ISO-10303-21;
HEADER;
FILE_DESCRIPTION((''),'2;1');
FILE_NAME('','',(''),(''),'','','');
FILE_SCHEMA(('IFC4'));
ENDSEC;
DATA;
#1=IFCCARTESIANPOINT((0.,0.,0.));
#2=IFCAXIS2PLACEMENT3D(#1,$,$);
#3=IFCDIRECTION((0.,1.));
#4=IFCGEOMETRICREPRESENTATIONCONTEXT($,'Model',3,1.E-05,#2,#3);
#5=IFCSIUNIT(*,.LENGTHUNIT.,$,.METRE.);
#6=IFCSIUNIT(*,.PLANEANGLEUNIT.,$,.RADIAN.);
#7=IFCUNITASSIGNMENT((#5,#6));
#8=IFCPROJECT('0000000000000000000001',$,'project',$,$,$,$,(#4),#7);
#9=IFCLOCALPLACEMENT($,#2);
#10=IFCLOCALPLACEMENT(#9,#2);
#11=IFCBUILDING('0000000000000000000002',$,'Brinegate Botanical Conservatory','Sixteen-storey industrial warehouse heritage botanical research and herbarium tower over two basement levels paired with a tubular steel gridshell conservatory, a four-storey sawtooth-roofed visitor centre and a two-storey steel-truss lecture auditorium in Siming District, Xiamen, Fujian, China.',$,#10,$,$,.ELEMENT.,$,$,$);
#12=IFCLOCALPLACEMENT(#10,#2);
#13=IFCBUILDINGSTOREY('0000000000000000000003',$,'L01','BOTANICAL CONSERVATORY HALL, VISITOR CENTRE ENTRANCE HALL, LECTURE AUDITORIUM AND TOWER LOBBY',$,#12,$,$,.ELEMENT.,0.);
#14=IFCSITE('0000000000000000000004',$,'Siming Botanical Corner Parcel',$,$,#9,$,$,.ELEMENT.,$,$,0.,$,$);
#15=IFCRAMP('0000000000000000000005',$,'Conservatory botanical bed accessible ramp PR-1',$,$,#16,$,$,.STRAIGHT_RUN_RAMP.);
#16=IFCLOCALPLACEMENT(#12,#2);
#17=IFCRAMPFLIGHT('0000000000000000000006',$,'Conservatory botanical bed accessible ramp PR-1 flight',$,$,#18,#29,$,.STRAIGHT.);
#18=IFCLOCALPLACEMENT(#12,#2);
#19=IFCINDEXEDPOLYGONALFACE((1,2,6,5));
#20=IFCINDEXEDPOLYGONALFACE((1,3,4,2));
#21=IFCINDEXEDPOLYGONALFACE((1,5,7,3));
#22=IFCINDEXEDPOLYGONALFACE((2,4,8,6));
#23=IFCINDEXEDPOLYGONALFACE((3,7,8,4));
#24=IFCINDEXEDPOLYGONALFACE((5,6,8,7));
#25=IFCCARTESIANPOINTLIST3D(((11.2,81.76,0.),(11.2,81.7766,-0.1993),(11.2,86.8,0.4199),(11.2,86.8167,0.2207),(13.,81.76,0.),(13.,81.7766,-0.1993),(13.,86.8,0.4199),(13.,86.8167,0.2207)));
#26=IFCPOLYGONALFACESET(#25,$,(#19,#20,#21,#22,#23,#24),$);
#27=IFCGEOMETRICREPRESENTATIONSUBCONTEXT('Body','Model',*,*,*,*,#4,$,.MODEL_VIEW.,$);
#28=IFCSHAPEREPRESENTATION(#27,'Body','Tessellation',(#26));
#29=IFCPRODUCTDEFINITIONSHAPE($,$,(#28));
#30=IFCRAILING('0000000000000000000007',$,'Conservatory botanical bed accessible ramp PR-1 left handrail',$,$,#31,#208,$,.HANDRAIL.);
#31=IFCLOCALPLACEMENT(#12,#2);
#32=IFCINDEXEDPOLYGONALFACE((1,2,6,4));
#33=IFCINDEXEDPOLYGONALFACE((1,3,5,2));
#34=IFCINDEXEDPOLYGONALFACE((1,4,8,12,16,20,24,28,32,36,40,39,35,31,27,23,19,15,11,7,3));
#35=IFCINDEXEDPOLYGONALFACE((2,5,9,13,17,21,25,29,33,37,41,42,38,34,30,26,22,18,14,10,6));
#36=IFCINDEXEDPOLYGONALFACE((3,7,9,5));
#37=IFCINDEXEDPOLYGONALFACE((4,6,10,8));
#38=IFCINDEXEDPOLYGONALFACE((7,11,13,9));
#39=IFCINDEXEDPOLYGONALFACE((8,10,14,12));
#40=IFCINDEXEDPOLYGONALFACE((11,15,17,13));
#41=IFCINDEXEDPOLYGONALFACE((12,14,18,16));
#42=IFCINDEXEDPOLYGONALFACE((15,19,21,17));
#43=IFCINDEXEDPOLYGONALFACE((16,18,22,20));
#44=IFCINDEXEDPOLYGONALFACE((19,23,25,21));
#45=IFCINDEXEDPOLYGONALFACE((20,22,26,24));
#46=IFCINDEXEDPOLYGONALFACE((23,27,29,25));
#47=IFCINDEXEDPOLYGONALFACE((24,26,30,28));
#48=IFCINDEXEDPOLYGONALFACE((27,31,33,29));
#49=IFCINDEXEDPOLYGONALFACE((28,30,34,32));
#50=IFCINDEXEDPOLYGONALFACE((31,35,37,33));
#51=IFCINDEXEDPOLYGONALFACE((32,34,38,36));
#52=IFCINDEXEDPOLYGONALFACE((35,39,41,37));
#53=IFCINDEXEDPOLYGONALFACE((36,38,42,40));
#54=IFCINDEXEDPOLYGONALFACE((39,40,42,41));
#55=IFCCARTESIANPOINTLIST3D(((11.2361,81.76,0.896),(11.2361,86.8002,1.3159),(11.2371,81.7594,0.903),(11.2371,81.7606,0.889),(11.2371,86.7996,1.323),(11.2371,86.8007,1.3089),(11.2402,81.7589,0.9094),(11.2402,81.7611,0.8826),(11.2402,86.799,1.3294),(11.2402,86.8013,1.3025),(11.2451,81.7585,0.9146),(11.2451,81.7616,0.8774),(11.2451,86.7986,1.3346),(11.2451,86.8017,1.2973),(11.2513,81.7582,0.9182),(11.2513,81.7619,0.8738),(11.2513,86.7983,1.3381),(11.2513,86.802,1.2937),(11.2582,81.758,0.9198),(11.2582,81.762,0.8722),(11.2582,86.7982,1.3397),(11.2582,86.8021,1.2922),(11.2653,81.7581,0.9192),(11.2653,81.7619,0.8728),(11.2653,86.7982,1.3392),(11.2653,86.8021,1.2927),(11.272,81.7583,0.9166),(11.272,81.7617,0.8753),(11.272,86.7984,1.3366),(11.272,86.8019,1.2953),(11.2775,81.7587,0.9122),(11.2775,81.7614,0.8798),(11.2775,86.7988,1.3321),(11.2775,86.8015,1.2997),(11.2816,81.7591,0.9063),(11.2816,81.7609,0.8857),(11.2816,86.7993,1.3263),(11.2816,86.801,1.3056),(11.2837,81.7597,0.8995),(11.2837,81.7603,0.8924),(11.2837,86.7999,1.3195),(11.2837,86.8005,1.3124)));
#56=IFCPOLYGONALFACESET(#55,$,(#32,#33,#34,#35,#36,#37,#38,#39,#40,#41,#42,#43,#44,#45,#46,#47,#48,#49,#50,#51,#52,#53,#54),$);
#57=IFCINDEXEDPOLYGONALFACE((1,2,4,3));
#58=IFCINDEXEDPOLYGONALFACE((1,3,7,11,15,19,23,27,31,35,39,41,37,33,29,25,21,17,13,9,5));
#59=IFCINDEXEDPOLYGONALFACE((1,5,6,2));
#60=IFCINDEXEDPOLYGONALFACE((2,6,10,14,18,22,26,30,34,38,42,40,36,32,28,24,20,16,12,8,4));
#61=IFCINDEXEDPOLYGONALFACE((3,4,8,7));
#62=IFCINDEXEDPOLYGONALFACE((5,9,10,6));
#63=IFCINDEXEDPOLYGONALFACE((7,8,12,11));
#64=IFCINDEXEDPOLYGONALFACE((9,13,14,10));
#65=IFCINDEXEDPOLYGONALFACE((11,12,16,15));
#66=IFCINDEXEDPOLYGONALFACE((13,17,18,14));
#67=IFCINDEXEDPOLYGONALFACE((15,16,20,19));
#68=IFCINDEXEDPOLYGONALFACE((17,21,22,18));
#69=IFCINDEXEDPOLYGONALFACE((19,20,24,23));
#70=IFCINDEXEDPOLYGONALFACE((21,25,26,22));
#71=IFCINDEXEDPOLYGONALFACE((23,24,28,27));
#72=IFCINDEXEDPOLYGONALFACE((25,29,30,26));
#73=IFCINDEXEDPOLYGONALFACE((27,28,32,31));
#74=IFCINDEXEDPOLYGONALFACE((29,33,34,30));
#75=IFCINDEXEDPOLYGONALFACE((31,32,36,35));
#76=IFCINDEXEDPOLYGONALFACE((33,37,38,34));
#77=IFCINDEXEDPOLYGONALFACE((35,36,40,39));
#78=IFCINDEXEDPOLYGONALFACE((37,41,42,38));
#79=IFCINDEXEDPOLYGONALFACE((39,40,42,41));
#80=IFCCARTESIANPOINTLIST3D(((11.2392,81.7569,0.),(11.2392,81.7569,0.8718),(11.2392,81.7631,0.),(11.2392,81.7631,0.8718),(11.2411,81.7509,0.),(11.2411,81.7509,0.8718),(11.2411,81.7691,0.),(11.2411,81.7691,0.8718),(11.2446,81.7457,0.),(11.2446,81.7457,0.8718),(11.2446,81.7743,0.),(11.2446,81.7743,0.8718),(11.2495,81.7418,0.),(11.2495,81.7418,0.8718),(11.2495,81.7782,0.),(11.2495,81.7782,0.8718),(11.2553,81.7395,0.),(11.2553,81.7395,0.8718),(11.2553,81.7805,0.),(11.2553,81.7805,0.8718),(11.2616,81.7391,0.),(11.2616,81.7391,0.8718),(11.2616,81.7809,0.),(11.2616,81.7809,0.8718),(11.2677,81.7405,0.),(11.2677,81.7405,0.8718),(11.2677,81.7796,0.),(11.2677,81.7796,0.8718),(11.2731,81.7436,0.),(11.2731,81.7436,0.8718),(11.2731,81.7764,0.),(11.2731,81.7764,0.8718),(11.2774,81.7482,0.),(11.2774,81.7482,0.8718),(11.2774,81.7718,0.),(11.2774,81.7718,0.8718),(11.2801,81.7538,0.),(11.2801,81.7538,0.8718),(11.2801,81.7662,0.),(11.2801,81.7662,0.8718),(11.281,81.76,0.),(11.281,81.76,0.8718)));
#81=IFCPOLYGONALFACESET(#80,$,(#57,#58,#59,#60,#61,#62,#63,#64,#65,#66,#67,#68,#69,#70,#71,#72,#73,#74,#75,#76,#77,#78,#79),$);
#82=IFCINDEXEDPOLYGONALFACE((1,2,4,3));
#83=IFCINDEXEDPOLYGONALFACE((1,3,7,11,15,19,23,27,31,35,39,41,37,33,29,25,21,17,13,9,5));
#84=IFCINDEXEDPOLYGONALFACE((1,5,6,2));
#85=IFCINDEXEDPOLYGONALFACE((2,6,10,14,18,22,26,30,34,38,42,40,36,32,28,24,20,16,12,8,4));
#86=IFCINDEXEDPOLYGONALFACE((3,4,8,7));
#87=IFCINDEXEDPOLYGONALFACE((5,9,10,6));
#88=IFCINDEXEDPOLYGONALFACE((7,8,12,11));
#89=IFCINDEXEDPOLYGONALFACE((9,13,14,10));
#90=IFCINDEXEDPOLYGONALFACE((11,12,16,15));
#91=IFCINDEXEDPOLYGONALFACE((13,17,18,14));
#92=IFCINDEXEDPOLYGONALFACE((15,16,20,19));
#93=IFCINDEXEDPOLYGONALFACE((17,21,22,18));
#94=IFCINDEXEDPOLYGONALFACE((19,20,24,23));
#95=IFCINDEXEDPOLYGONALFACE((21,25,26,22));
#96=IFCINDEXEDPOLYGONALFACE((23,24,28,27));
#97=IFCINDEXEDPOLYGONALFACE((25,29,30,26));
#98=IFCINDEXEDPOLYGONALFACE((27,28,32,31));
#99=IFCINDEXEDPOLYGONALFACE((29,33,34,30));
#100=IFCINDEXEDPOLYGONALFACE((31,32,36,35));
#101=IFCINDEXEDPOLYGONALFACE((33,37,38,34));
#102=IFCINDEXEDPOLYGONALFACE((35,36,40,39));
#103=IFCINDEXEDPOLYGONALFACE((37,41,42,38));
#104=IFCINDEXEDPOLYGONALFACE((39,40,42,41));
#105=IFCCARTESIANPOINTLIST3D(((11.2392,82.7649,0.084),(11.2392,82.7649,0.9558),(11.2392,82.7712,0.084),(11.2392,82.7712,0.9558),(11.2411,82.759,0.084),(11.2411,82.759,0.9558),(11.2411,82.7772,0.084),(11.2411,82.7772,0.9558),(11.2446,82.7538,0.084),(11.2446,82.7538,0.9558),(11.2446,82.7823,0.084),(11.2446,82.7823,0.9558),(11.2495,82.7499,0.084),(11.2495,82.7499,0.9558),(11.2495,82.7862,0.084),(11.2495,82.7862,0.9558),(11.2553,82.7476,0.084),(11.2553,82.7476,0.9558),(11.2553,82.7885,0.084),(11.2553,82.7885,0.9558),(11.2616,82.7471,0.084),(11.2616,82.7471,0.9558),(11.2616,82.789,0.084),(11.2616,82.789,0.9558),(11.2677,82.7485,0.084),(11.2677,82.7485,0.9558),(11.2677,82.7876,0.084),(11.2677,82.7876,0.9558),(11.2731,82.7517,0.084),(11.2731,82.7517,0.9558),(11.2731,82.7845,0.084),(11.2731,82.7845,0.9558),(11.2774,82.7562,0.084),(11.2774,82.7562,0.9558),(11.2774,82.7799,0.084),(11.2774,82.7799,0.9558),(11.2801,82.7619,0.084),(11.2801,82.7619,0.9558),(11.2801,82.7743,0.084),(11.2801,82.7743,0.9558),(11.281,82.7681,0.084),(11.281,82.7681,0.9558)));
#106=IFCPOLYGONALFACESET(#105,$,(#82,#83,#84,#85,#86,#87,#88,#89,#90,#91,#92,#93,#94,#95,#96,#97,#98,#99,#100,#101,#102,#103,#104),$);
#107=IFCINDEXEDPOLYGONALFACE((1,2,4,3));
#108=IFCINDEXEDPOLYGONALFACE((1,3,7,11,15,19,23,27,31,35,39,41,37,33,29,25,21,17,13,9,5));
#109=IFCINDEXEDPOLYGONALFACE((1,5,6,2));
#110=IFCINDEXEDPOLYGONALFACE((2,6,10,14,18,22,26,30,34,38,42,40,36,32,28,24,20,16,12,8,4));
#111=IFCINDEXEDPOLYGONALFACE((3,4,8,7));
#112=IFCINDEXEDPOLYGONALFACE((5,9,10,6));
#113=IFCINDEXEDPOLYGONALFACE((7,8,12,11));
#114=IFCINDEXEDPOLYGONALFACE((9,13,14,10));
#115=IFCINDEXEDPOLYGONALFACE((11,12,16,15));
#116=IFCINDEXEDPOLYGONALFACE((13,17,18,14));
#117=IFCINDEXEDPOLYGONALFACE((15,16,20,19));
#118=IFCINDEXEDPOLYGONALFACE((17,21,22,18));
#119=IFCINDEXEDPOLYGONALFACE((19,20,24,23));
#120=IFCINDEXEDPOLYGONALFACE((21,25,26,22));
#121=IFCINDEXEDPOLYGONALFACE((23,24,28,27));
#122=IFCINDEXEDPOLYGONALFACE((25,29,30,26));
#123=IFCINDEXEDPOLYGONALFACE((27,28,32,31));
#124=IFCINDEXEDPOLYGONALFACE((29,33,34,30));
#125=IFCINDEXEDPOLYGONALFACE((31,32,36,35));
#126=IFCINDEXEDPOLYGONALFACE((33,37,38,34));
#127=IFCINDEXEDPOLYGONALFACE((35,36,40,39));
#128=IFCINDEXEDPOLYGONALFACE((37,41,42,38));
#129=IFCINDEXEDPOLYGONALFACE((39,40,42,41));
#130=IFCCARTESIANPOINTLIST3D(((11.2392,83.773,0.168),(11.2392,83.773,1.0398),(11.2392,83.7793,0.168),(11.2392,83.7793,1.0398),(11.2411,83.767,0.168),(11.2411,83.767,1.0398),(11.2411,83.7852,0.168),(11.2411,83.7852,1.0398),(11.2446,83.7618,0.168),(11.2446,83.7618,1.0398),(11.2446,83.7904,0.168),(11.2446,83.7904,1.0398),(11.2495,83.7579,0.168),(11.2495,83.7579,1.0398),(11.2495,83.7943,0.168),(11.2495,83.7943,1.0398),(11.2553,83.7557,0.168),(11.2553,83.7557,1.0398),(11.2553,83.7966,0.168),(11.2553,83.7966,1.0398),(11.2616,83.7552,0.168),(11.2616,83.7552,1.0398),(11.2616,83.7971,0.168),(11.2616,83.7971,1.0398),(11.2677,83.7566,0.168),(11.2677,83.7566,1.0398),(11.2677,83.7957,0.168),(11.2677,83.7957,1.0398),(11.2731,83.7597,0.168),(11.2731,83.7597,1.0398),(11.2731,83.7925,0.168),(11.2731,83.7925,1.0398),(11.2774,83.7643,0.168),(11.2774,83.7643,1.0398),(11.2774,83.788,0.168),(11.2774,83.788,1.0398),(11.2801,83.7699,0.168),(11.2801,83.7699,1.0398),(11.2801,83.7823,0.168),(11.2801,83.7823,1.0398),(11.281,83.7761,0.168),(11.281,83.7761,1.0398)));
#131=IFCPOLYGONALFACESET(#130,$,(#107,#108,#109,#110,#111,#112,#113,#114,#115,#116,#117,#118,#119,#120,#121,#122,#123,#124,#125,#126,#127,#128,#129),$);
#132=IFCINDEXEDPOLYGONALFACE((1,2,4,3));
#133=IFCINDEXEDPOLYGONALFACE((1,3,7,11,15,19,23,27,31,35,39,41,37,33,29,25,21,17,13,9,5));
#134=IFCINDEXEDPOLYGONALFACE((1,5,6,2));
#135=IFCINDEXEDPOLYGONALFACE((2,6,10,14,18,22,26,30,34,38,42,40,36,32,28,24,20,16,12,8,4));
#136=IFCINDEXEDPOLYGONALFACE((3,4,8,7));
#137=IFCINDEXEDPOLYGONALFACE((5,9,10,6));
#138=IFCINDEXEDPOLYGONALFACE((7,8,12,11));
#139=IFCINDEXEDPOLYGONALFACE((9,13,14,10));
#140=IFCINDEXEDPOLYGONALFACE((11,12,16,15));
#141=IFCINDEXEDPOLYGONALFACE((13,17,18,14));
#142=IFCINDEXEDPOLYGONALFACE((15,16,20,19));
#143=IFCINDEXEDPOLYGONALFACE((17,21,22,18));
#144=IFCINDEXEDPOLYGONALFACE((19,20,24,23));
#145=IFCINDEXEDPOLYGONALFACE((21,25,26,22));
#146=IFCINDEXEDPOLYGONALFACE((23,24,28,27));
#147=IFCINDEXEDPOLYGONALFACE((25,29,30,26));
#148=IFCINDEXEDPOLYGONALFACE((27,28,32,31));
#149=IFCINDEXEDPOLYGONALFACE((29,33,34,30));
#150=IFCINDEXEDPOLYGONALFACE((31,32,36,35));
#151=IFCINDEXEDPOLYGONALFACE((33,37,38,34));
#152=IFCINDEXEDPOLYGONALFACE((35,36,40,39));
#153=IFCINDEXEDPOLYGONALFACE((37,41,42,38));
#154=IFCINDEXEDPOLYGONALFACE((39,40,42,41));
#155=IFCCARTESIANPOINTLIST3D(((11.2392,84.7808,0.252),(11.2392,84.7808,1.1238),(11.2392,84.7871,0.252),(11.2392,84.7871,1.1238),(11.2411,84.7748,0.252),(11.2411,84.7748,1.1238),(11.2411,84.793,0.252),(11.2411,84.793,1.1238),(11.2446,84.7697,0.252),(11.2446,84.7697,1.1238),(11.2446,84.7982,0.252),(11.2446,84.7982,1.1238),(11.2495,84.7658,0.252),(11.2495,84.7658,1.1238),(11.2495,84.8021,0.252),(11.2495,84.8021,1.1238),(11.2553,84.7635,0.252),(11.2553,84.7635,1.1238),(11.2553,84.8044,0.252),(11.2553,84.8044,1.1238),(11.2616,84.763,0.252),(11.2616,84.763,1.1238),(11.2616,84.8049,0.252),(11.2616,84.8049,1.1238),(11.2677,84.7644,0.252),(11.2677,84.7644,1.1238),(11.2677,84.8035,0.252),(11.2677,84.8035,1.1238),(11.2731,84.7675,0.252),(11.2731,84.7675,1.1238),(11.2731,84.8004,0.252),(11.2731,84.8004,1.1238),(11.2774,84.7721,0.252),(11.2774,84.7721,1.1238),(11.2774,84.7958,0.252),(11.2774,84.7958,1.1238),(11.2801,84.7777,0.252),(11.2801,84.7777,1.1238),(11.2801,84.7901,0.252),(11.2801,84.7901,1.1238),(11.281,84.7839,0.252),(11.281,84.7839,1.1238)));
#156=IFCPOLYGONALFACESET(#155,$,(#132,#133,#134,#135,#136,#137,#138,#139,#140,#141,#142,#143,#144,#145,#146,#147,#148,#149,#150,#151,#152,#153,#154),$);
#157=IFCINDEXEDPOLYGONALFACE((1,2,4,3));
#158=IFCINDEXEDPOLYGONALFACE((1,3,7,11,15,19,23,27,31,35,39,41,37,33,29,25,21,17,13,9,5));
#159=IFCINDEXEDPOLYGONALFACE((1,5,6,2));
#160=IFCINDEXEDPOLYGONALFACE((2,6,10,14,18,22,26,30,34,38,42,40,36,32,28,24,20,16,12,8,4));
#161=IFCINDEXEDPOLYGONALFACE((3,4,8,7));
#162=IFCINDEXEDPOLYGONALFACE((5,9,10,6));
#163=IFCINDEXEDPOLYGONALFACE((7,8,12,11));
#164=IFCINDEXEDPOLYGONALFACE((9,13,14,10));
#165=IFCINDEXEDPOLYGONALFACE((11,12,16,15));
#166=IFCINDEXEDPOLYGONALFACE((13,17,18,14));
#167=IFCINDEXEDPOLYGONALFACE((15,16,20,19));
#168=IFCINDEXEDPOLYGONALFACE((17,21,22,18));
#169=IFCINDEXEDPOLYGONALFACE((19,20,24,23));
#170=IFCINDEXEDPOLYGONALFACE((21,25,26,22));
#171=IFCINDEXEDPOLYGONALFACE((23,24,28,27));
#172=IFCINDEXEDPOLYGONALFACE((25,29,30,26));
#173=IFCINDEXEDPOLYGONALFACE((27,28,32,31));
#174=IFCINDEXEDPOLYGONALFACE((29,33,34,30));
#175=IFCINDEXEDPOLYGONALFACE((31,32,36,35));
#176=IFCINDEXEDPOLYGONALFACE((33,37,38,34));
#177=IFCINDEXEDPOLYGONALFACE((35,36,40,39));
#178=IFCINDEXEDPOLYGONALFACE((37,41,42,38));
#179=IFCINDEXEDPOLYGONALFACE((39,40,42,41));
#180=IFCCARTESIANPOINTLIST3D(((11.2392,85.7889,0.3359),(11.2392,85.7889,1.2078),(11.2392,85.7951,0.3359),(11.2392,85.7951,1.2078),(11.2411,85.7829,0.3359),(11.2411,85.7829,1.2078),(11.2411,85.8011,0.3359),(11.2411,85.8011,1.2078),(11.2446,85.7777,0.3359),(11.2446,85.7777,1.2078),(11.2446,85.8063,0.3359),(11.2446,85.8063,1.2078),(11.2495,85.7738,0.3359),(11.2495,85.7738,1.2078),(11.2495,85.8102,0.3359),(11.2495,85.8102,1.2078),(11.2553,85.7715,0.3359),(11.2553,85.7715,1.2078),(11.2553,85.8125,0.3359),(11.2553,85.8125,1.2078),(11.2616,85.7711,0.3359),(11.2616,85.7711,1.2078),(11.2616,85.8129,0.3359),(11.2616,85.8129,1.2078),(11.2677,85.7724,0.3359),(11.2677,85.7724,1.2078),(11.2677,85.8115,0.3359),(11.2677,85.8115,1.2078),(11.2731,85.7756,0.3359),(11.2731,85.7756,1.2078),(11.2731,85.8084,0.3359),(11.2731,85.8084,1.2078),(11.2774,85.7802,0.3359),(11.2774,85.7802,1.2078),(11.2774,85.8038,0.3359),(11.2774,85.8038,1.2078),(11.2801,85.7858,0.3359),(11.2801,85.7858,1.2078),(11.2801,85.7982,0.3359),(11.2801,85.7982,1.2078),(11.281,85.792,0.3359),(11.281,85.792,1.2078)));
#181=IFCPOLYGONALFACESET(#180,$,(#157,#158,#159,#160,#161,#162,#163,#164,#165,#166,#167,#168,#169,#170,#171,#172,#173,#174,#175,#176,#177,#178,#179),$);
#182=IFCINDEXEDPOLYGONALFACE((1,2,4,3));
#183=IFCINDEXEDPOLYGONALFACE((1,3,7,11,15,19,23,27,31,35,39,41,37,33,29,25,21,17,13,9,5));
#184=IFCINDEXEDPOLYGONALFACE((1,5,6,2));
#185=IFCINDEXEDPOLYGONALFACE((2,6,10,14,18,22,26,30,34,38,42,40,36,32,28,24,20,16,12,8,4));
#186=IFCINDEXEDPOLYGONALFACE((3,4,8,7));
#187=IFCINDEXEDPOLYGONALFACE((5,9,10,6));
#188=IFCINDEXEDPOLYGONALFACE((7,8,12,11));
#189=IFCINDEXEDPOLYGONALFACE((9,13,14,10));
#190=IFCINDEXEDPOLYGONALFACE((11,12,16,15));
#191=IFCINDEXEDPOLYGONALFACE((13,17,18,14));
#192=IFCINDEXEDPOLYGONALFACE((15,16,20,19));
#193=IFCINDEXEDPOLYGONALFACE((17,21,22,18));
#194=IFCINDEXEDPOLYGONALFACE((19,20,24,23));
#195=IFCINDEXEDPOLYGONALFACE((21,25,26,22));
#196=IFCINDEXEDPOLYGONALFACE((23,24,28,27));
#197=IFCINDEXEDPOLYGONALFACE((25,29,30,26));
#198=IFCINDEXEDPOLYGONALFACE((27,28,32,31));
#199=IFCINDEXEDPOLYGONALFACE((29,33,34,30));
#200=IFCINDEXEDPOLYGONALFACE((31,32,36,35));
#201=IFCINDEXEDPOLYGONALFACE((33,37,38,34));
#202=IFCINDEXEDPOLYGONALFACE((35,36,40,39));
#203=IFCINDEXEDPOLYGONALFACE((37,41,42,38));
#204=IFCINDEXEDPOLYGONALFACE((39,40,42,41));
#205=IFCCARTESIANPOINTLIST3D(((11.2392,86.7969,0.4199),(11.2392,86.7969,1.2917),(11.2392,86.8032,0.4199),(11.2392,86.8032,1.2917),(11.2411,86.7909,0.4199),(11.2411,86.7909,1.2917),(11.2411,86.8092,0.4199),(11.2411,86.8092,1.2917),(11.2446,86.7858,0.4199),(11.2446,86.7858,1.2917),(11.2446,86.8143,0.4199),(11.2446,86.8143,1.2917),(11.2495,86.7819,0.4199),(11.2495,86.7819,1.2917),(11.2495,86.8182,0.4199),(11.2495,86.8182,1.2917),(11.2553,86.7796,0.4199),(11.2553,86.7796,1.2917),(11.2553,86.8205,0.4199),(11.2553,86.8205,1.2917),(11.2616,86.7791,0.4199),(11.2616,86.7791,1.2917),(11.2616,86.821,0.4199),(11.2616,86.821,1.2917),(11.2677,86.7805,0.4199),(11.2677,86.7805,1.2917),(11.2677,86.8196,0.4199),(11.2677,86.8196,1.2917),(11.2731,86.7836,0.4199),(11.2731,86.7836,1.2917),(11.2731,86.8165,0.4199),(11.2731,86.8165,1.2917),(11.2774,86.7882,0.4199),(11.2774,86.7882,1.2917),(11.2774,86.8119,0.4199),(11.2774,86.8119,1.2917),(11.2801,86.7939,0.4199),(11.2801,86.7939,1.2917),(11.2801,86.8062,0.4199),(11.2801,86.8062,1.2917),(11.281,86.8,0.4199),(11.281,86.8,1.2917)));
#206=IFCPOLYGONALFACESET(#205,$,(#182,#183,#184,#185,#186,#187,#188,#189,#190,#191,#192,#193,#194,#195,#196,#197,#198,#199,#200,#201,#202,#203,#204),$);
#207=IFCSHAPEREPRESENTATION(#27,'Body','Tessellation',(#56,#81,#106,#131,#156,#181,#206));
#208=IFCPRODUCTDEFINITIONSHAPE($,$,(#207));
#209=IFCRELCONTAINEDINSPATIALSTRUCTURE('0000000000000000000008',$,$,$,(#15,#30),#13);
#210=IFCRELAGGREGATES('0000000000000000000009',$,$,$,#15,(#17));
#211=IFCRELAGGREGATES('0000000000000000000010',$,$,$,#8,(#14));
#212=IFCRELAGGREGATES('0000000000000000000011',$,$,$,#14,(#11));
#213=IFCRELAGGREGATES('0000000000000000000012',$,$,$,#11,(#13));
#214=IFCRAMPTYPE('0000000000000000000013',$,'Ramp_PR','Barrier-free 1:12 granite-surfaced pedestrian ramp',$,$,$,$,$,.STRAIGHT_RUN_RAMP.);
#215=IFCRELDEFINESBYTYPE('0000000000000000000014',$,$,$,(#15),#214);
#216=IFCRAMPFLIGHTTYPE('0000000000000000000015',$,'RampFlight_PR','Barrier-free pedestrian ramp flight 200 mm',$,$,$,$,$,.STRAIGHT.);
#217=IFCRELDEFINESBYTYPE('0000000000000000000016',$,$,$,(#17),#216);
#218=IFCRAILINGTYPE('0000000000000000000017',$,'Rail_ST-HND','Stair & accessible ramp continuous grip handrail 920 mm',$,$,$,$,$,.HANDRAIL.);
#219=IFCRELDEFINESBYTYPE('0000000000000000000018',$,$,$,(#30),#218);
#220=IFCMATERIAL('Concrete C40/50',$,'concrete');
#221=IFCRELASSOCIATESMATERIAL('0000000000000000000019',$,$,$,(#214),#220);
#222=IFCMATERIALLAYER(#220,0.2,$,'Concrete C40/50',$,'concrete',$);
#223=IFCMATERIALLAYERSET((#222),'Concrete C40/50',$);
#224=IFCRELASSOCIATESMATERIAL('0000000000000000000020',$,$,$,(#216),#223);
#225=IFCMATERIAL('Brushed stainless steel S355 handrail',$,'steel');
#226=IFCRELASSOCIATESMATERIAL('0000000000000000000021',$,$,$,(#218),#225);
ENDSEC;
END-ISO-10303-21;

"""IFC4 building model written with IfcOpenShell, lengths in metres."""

from ifc_helpers import new_model, si_unit, direction, frame, origin, origin_2d, place, context, subcontext, project, spatial, polyline, circle, outline, extrude, material, layer, layer_set, type_object, element, aggregate, save


model = new_model("IFC4")

# Units and contexts
model_context = context("Model", 3, precision=1e-05, world=origin(), true_north=direction((0.0, 1.0)))
body_context = subcontext(model_context, "Body", "Model", "MODEL_VIEW")
ifc_project = project(units=[si_unit("LENGTHUNIT", "METRE"), si_unit("PLANEANGLEUNIT", "RADIAN")], contexts=[model_context])

# Site, building, storey
site_placement = place(None, origin())
site = spatial("IfcSite", under=ifc_project, at=site_placement, Name="Siming Botanical Corner Parcel", CompositionType="ELEMENT", RefElevation=0.0)
building_placement = place(site_placement, origin())
building = spatial("IfcBuilding", under=site, at=building_placement, Name="Brinegate Botanical Conservatory", Description="Sixteen-storey industrial warehouse heritage botanical research and herbarium tower over two basement levels paired with a tubular steel gridshell conservatory, a four-storey sawtooth-roofed visitor centre and a two-storey steel-truss lecture auditorium in Siming District, Xiamen, Fujian, China.", CompositionType="ELEMENT")
storey_placement = place(building_placement, origin())
storey = spatial("IfcBuildingStorey", under=building, at=storey_placement, Name="L01", Description="BOTANICAL CONSERVATORY HALL, VISITOR CENTRE ENTRANCE HALL, LECTURE AUDITORIUM AND TOWER LOBBY", CompositionType="ELEMENT", Elevation=0.0)

# Shared definitions
ifc_material_1 = material(Name="Concrete C40/50", Category="concrete")

# Ramp, ramp flight
ramp_type = type_object("IfcRampType", Name="Ramp_PR", Description="Barrier-free 1:12 granite-surfaced pedestrian ramp", PredefinedType="STRAIGHT_RUN_RAMP", material=ifc_material_1)
ramp_placement = place(storey_placement, origin())
ramp = element("IfcRamp", 1, at=ramp_placement, inside=storey, type_object=ramp_type, Name="Conservatory botanical bed accessible ramp PR-1", PredefinedType="STRAIGHT_RUN_RAMP")
ifc_layer_1 = layer(ifc_material_1, 0.2, Name="Concrete C40/50", Category="concrete")
ifc_layer_set_1 = layer_set([ifc_layer_1], Name="Concrete C40/50")
ramp_flight_type = type_object("IfcRampFlightType", Name="RampFlight_PR", Description="Barrier-free pedestrian ramp flight 200 mm", PredefinedType="STRAIGHT", material=ifc_layer_set_1)
ramp_flight_placement = place(storey_placement, frame((11.2, 81.76, 0.0), z_axis=(0.0, -0.083029, 0.996547), x_axis=(1.0, 0.0, 0.0)))
ramp_flight = element("IfcRampFlight", 2, at=ramp_flight_placement, type_object=ramp_flight_type, Name="Conservatory botanical bed accessible ramp PR-1 flight", PredefinedType="STRAIGHT", context=body_context, shape_type="SweptSolid", body=[
    extrude(outline(polyline([(0.0, 0.0), (1.8, 0.0), (1.8, 5.0575), (0.0, 5.0575), (0.0, 0.0)])), origin(), (0.0, 0.0, -1.0), 0.2),
])
aggregate(ramp, [ramp_flight])

# Railing
ifc_material_2 = material(Name="Brushed stainless steel S355 handrail", Category="steel")
railing_type = type_object("IfcRailingType", Name="Rail_ST-HND", Description="Stair & accessible ramp continuous grip handrail 920 mm", PredefinedType="HANDRAIL", material=ifc_material_2)
railing_placement = place(storey_placement, frame((11.26, 81.76, 0.0)))
element("IfcRailing", 3, at=railing_placement, inside=storey, type_object=railing_type, Name="Conservatory botanical bed accessible ramp PR-1 left handrail", PredefinedType="HANDRAIL", context=body_context, shape_type="SweptSolid", body=[
    extrude(circle(Radius=0.0239, at=origin_2d()), frame((0.0, 0.0, 0.896), z_axis=(0.0, 0.996547, 0.083029), x_axis=(-1.0, 0.0, 0.0)), (0.0, 0.0, 1.0), 5.0576),
    extrude(circle(Radius=0.021, at=origin_2d()), origin(), (0.0, 0.0, 1.0), 0.8718),
    extrude(circle(Radius=0.021, at=origin_2d()), frame((0.0, 1.0081, 0.084)), (0.0, 0.0, 1.0), 0.8718),
    extrude(circle(Radius=0.021, at=origin_2d()), frame((0.0, 2.0161, 0.168)), (0.0, 0.0, 1.0), 0.8718),
    extrude(circle(Radius=0.021, at=origin_2d()), frame((0.0, 3.0239, 0.252)), (0.0, 0.0, 1.0), 0.8718),
    extrude(circle(Radius=0.021, at=origin_2d()), frame((0.0, 4.032, 0.3359)), (0.0, 0.0, 1.0), 0.8718),
    extrude(circle(Radius=0.021, at=origin_2d()), frame((0.0, 5.04, 0.4199)), (0.0, 0.0, 1.0), 0.8718),
])

save(model, "model.ifc")
